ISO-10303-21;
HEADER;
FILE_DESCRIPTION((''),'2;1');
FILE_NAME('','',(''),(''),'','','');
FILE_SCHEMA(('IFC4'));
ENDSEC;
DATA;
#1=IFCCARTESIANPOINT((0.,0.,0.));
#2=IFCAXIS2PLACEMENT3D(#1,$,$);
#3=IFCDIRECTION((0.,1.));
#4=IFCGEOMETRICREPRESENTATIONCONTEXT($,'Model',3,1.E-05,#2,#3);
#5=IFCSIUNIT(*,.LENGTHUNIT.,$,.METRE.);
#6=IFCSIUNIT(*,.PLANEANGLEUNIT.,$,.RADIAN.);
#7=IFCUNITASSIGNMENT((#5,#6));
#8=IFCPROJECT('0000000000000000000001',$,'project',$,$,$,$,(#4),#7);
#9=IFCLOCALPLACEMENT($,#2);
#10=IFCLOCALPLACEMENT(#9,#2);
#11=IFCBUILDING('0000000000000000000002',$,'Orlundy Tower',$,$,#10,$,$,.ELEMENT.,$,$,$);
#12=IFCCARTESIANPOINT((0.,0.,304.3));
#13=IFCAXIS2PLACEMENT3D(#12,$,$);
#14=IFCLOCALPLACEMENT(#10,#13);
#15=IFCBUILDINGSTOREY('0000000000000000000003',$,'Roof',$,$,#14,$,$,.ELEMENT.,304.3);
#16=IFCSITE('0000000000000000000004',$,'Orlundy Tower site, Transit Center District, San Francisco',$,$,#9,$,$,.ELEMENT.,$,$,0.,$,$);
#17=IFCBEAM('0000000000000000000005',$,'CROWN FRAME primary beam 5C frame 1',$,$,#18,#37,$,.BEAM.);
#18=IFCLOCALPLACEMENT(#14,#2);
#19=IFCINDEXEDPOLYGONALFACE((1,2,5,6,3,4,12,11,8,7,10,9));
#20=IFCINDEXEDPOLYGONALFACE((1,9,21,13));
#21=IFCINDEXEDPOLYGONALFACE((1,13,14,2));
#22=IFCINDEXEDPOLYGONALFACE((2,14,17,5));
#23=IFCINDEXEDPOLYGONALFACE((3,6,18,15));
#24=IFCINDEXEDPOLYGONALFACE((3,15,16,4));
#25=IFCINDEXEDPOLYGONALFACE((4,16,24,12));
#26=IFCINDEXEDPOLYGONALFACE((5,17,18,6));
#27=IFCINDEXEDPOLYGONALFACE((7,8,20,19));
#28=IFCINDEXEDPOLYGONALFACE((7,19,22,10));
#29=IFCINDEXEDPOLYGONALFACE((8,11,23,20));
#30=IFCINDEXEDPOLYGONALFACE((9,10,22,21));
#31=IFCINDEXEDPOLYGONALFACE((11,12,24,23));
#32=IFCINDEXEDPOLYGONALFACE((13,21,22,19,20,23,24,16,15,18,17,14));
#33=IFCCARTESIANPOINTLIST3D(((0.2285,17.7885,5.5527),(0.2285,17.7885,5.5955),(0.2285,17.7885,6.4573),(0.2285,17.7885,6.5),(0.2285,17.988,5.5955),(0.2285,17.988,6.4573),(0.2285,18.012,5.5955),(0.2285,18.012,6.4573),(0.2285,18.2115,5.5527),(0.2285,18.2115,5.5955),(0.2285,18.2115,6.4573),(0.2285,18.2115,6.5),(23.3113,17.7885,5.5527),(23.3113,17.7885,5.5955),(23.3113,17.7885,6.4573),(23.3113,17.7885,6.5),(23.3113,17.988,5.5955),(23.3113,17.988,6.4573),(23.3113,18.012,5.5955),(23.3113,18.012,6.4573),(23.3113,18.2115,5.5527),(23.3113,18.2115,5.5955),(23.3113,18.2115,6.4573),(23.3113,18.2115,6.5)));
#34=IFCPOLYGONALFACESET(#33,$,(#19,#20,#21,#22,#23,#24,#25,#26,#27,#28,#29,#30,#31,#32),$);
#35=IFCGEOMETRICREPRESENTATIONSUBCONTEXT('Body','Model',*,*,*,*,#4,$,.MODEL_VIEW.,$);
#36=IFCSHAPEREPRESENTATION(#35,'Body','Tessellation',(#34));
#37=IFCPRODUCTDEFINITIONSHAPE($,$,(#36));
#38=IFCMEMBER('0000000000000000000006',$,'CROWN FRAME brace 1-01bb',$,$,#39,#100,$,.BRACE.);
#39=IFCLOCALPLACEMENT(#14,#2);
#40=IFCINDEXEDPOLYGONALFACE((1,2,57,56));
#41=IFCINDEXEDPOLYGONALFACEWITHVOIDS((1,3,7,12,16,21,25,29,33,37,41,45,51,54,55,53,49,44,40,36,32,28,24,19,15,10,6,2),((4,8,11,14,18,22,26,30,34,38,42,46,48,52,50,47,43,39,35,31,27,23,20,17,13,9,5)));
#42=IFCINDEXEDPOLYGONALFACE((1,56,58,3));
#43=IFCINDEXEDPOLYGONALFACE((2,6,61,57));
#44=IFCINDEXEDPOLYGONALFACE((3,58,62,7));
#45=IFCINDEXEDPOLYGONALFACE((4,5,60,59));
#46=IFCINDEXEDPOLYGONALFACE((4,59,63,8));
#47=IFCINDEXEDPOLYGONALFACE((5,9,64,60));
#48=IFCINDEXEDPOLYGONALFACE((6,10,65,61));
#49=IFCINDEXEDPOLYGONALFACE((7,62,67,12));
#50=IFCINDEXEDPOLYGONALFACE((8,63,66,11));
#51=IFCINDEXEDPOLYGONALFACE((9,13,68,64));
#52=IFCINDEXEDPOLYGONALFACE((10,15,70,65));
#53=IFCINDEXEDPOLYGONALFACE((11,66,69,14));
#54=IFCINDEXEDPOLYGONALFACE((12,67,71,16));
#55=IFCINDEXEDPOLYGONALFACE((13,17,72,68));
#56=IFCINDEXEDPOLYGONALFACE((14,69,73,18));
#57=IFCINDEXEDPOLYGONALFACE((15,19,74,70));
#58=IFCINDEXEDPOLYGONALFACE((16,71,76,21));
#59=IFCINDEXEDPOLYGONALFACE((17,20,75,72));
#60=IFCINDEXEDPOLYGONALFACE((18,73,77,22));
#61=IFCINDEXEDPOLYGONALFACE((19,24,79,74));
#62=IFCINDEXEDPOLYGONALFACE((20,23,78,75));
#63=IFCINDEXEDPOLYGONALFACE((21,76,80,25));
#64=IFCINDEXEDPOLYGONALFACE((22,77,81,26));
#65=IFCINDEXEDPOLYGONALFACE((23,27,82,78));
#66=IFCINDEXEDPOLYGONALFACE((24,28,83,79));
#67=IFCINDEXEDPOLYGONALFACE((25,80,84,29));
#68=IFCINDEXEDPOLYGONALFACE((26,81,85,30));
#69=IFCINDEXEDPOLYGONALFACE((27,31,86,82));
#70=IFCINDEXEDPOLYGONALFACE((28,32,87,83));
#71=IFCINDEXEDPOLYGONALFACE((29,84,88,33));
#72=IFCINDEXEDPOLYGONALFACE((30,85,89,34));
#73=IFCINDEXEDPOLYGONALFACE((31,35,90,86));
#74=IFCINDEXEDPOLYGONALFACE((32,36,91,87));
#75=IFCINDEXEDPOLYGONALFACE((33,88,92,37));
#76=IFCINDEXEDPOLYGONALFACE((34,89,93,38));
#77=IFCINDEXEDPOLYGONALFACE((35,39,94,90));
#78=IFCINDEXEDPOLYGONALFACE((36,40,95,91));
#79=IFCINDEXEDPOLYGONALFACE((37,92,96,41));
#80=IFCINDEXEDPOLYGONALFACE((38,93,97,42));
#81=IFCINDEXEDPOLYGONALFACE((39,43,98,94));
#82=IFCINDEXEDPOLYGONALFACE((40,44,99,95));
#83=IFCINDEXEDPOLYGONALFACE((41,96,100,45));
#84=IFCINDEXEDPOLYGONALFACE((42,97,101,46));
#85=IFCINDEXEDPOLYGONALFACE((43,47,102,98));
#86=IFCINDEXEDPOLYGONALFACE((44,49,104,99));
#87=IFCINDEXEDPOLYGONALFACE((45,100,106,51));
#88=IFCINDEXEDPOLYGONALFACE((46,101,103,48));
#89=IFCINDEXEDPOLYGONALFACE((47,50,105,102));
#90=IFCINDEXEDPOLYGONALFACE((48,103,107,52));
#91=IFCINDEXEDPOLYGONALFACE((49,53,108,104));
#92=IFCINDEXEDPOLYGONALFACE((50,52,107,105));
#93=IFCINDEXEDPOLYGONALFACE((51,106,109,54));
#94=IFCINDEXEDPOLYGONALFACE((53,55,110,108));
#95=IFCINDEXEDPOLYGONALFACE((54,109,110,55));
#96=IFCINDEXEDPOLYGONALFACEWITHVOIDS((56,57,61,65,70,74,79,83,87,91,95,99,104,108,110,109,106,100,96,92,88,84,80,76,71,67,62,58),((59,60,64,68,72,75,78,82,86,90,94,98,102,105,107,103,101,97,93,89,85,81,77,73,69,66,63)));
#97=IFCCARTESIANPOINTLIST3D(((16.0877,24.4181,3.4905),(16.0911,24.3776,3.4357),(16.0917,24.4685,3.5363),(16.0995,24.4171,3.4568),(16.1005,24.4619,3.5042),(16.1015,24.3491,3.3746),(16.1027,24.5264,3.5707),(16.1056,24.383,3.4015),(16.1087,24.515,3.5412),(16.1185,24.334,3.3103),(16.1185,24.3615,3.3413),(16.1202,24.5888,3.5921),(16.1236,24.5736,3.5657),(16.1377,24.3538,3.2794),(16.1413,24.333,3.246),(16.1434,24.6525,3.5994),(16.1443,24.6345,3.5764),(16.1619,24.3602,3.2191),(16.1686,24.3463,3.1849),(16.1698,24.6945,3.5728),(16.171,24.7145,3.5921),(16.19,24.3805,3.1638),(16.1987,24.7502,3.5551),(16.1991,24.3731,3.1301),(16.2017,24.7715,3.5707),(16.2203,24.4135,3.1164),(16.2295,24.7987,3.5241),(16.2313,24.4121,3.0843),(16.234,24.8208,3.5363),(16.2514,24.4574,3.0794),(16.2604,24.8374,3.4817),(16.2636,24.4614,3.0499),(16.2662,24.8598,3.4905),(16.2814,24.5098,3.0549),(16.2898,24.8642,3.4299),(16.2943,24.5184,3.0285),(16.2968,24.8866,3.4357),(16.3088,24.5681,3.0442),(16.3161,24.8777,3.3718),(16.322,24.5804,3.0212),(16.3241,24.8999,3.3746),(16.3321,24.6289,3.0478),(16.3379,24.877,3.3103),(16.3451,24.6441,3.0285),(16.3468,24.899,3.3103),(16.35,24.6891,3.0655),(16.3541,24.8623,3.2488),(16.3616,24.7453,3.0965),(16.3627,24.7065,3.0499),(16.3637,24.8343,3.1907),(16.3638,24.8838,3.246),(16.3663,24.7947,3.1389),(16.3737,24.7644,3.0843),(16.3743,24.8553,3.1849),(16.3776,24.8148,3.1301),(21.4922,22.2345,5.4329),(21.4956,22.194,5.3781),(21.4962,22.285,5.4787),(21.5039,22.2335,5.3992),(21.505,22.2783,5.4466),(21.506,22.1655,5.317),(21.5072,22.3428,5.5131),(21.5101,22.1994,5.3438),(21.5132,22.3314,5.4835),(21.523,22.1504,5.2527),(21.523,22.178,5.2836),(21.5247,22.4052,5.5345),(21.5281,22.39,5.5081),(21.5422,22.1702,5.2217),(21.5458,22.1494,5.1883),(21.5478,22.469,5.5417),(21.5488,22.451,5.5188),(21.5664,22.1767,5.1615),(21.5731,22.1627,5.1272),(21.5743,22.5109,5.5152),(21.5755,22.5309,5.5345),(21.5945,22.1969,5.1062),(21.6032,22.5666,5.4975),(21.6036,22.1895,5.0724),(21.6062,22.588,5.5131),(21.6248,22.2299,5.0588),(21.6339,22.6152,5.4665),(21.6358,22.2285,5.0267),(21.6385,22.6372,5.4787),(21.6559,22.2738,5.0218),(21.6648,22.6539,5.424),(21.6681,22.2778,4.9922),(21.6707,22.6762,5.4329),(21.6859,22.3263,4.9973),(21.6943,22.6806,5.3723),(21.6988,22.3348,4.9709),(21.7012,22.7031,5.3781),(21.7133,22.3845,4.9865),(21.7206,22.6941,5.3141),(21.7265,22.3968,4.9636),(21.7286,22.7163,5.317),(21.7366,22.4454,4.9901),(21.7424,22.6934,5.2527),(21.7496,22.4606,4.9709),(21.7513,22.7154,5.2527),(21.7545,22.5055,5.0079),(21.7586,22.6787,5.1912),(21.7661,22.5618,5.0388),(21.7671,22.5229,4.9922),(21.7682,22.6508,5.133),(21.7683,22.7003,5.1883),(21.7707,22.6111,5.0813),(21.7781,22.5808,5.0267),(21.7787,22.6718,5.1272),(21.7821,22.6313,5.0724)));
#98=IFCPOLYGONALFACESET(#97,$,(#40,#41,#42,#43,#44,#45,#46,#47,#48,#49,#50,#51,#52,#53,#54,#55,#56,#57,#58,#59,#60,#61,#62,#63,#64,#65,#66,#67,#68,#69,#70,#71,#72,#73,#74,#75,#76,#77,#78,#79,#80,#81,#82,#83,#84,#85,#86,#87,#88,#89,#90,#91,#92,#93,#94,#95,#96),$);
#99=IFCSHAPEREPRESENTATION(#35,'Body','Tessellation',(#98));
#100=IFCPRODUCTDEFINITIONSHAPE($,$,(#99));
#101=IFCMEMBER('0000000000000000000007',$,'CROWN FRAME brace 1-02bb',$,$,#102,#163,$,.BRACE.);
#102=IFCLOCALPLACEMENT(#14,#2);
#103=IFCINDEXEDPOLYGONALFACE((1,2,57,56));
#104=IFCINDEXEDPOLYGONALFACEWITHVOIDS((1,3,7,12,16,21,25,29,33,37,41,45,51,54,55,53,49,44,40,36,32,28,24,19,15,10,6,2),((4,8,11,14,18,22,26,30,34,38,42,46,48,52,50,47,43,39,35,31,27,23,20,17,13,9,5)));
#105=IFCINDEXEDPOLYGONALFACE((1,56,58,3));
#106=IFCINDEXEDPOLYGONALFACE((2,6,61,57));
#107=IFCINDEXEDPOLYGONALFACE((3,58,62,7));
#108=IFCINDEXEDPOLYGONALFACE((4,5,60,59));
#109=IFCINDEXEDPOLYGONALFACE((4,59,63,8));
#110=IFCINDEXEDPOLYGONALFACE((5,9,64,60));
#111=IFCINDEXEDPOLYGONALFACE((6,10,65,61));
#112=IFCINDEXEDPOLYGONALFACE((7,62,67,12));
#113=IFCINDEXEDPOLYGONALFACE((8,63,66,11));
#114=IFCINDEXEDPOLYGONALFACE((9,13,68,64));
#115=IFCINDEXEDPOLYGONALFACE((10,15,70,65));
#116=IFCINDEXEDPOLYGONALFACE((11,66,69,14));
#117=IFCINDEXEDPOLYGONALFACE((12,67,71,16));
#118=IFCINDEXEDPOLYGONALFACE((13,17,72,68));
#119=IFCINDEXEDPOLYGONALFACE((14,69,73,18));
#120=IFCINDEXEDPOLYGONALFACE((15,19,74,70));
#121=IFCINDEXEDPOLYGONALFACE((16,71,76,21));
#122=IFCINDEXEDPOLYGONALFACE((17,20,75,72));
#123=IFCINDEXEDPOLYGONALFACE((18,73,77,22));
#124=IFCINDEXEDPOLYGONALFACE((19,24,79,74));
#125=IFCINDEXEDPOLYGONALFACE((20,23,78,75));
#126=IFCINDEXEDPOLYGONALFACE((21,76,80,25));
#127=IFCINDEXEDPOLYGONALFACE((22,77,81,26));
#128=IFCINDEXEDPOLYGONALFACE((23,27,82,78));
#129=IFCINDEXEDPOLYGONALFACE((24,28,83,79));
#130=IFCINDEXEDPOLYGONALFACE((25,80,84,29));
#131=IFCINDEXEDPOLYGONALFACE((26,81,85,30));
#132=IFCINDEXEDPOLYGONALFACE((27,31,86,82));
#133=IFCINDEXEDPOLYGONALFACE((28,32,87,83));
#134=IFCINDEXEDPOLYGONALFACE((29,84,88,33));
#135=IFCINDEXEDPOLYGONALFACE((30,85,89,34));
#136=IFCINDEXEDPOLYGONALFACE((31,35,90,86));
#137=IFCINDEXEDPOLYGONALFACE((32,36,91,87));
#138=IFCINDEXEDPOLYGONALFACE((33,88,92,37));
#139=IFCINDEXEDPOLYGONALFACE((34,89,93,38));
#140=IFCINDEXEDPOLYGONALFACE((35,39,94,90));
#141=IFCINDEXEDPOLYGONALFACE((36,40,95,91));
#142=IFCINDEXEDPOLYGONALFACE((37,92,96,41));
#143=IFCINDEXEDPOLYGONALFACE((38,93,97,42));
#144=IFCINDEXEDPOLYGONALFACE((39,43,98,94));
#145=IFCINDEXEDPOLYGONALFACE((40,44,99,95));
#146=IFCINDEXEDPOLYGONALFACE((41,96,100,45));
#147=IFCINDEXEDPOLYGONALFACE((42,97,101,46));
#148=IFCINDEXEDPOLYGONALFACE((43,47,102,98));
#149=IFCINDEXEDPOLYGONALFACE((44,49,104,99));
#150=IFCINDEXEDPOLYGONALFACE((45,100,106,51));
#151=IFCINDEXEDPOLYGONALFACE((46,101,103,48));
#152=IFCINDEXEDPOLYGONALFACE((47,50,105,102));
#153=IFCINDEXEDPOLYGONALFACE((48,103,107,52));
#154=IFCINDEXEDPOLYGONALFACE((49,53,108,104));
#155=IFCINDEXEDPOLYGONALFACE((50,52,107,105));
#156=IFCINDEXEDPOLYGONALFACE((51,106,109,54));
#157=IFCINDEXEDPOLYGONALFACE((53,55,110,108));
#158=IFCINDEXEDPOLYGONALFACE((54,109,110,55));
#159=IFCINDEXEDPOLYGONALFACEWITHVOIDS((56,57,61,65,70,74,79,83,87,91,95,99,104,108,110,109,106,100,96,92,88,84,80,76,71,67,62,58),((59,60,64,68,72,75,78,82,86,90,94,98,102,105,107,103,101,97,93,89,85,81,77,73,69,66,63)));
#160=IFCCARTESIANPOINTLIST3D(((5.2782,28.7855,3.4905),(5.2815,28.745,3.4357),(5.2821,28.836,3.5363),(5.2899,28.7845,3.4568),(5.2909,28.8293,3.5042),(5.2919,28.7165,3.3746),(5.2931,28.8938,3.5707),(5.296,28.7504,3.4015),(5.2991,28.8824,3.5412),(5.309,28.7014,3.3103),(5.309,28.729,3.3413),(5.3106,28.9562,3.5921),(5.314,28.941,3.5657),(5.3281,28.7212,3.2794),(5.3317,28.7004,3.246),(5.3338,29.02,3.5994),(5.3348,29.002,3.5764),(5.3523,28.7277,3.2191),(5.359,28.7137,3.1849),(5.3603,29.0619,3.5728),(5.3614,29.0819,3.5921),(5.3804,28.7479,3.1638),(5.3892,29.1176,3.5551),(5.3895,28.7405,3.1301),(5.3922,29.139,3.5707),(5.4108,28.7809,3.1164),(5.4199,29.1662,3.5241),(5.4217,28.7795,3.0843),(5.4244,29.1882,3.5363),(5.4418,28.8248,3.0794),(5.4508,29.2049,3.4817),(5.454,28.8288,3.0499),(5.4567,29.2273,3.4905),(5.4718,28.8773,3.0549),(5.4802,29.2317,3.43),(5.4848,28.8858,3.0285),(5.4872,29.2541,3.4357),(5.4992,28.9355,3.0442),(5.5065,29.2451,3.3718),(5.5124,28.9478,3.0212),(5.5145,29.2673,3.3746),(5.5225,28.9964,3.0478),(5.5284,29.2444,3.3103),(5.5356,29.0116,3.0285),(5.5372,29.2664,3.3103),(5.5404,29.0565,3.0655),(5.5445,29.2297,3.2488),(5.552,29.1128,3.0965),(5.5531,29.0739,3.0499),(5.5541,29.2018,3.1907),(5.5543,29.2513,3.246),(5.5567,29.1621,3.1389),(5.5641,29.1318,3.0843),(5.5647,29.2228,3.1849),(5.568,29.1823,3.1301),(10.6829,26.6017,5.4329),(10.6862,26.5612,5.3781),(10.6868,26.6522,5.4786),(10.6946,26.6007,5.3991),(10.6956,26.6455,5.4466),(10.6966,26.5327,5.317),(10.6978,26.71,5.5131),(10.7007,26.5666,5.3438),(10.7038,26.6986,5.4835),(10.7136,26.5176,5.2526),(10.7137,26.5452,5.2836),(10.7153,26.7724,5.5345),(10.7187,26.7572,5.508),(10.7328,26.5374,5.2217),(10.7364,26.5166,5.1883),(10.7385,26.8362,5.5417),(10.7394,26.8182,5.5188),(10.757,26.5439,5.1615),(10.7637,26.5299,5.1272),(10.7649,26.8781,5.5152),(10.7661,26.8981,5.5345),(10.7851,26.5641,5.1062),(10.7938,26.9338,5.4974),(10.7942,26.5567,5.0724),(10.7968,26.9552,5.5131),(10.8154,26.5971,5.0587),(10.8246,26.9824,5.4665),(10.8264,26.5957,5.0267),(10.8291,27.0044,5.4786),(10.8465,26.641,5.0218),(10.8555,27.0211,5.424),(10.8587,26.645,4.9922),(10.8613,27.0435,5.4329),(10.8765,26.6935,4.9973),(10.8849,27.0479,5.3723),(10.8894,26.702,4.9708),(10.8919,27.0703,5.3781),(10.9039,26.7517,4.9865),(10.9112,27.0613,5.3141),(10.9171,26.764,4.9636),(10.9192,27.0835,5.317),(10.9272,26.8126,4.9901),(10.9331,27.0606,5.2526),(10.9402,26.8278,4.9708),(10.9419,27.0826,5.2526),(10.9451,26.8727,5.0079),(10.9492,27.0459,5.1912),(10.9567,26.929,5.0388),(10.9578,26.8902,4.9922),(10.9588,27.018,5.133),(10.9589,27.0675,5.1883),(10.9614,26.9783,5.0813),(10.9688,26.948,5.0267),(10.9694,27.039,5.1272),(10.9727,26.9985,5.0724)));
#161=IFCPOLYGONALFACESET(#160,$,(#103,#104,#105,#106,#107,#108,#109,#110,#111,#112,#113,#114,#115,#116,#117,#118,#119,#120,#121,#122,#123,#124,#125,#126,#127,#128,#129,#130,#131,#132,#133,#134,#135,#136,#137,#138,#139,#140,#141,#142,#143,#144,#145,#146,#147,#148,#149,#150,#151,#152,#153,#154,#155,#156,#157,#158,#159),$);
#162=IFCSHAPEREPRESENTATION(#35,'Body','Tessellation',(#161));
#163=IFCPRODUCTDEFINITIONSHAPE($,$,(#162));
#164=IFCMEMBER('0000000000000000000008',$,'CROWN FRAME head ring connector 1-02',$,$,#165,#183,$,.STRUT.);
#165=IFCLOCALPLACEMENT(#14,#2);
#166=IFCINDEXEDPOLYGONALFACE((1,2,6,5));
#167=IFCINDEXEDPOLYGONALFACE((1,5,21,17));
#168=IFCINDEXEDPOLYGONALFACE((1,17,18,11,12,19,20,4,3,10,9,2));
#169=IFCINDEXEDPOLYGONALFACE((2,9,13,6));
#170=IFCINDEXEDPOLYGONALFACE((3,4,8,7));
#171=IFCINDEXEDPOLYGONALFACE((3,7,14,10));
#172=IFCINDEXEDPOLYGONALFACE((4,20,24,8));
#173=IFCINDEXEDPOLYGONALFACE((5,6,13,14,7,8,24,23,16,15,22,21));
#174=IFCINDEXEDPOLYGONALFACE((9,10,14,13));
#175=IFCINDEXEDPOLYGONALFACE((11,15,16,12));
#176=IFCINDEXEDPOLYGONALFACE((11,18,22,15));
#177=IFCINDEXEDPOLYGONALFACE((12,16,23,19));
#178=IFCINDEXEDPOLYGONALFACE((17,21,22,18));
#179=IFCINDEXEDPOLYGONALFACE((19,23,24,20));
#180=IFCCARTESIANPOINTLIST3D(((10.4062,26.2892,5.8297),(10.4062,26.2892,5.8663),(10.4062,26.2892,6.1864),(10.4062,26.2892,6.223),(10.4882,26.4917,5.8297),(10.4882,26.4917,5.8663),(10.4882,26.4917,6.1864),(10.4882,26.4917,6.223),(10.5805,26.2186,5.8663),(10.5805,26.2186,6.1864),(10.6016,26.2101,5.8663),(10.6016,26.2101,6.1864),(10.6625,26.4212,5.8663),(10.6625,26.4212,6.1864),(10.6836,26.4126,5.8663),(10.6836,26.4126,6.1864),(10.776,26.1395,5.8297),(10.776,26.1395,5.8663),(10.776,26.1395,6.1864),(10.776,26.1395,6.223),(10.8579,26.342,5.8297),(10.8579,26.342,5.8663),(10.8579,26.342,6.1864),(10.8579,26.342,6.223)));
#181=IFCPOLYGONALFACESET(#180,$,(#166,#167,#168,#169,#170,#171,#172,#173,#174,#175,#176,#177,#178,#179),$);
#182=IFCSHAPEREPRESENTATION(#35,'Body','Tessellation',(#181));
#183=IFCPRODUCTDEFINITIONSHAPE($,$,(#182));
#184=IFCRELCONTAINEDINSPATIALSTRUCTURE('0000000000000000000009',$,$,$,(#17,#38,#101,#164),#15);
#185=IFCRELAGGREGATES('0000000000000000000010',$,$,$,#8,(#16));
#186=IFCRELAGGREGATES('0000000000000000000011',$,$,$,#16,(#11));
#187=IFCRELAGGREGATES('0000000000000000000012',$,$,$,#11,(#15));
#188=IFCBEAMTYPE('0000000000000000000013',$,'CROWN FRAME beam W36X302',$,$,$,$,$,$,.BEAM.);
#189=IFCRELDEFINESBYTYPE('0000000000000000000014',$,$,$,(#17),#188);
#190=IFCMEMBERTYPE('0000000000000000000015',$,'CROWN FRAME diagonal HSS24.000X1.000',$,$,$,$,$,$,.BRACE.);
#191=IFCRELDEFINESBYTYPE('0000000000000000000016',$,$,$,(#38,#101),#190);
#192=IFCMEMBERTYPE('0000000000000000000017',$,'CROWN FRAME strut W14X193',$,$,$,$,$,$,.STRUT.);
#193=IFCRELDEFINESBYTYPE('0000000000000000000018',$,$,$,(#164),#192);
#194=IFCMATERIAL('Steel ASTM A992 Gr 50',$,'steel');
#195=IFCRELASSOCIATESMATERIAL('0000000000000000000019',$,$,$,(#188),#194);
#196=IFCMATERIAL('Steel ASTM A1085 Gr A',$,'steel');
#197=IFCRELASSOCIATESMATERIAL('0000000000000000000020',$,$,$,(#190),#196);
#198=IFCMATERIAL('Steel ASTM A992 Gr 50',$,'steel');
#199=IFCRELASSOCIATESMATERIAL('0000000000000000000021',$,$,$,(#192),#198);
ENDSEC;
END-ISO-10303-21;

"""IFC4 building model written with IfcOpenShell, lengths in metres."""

from ifc_helpers import new_model, si_unit, direction, frame, origin, origin_2d, place, context, subcontext, project, spatial, hollow_circle, i_section, extrude, material, material_profile, profile_set, type_object, element, save


model = new_model("IFC4")

# Units and contexts
model_context = context("Model", 3, precision=1e-05, world=origin(), true_north=direction((0.0, 1.0)))
body_context = subcontext(model_context, "Body", "Model", "MODEL_VIEW")
ifc_project = project(units=[si_unit("LENGTHUNIT", "METRE"), si_unit("PLANEANGLEUNIT", "RADIAN")], contexts=[model_context])

# Site, building, storey
site_placement = place(None, origin())
site = spatial("IfcSite", under=ifc_project, at=site_placement, Name="Orlundy Tower site, Transit Center District, San Francisco", CompositionType="ELEMENT", RefElevation=0.0)
building_placement = place(site_placement, origin())
building = spatial("IfcBuilding", under=site, at=building_placement, Name="Orlundy Tower", CompositionType="ELEMENT")
storey_placement = place(building_placement, frame((0.0, 0.0, 304.3)))
storey = spatial("IfcBuildingStorey", under=building, at=storey_placement, Name="Roof", CompositionType="ELEMENT", Elevation=304.3)

# Beam
ifc_material_1 = material(Name="Steel ASTM A992 Gr 50", Category="steel")
ifc_material_profile_1 = material_profile(ifc_material_1, i_section(OverallWidth=0.4231, OverallDepth=0.9473, WebThickness=0.0239, FlangeThickness=0.0427, at=origin_2d()), Name="W36X302")
ifc_profile_set_1 = profile_set([ifc_material_profile_1], Name="Steel ASTM A992 Gr 50")
beam_type_1 = type_object("IfcBeamType", Name="CROWN FRAME beam W36X302", PredefinedType="BEAM", material=ifc_profile_set_1)
beam_1_placement = place(storey_placement, frame((0.2285, 18.0, 6.0264), z_axis=(1.0, 0.0, 0.0), x_axis=(0.0, 1.0, 0.0)))
element("IfcBeam", 1, at=beam_1_placement, inside=storey, type_object=beam_type_1, Name="CROWN FRAME primary beam 5C frame 1", PredefinedType="BEAM", context=body_context, shape_type="SweptSolid", body=[
    extrude(i_section(OverallWidth=0.4231, OverallDepth=0.9473, WebThickness=0.0239, FlangeThickness=0.0427, at=origin_2d()), origin(), (0.0, 0.0, 1.0), 23.0828),
])

# Members
ifc_material_2 = material(Name="Steel ASTM A1085 Gr A", Category="steel")
ifc_material_profile_2 = material_profile(ifc_material_2, hollow_circle(Radius=0.3047, WallThickness=0.0237, at=origin_2d()), Name="HSS24.000X1.000")
ifc_profile_set_2 = profile_set([ifc_material_profile_2], Name="Steel ASTM A1085 Gr A")
member_type_1 = type_object("IfcMemberType", Name="CROWN FRAME diagonal HSS24.000X1.000", PredefinedType="BRACE", material=ifc_profile_set_2)
member_1_placement = place(storey_placement, frame((16.2327, 24.6165, 3.3103), z_axis=(0.879631, -0.355397, 0.316138), x_axis=(0.374609, 0.927183, 0.0)))
element("IfcMember", 2, at=member_1_placement, inside=storey, type_object=member_type_1, Name="CROWN FRAME brace 1-01bb", PredefinedType="BRACE", context=body_context, shape_type="SweptSolid", body=[
    extrude(hollow_circle(Radius=0.3047, WallThickness=0.0237, at=origin_2d()), origin(), (0.0, 0.0, 1.0), 6.144),
])
member_2_placement = place(storey_placement, frame((5.4231, 28.9839, 3.3103), z_axis=(0.879627, -0.355419, 0.316122), x_axis=(0.374631, 0.927174, 0.0)))
element("IfcMember", 3, at=member_2_placement, inside=storey, type_object=member_type_1, Name="CROWN FRAME brace 1-02bb", PredefinedType="BRACE", context=body_context, shape_type="SweptSolid", body=[
    extrude(hollow_circle(Radius=0.3047, WallThickness=0.0237, at=origin_2d()), origin(), (0.0, 0.0, 1.0), 6.1443),
])
ifc_material_3 = material(Name="Steel ASTM A992 Gr 50", Category="steel")
ifc_material_profile_3 = material_profile(ifc_material_3, i_section(OverallWidth=0.3989, OverallDepth=0.3933, WebThickness=0.0227, FlangeThickness=0.0366, at=origin_2d()), Name="W14X193")
ifc_profile_set_3 = profile_set([ifc_material_profile_3], Name="Steel ASTM A992 Gr 50")
member_type_2 = type_object("IfcMemberType", Name="CROWN FRAME strut W14X193", PredefinedType="STRUT", material=ifc_profile_set_3)
member_3_placement = place(storey_placement, frame((10.5911, 26.2144, 6.0264), z_axis=(0.375238, 0.926928, 0.0), x_axis=(-0.926928, 0.375238, 0.0)))
element("IfcMember", 4, at=member_3_placement, inside=storey, type_object=member_type_2, Name="CROWN FRAME head ring connector 1-02", PredefinedType="STRUT", context=body_context, shape_type="SweptSolid", body=[
    extrude(i_section(OverallWidth=0.3989, OverallDepth=0.3933, WebThickness=0.0227, FlangeThickness=0.0366, at=origin_2d()), origin(), (0.0, 0.0, 1.0), 0.2185),
])

save(model, "model.ifc")
